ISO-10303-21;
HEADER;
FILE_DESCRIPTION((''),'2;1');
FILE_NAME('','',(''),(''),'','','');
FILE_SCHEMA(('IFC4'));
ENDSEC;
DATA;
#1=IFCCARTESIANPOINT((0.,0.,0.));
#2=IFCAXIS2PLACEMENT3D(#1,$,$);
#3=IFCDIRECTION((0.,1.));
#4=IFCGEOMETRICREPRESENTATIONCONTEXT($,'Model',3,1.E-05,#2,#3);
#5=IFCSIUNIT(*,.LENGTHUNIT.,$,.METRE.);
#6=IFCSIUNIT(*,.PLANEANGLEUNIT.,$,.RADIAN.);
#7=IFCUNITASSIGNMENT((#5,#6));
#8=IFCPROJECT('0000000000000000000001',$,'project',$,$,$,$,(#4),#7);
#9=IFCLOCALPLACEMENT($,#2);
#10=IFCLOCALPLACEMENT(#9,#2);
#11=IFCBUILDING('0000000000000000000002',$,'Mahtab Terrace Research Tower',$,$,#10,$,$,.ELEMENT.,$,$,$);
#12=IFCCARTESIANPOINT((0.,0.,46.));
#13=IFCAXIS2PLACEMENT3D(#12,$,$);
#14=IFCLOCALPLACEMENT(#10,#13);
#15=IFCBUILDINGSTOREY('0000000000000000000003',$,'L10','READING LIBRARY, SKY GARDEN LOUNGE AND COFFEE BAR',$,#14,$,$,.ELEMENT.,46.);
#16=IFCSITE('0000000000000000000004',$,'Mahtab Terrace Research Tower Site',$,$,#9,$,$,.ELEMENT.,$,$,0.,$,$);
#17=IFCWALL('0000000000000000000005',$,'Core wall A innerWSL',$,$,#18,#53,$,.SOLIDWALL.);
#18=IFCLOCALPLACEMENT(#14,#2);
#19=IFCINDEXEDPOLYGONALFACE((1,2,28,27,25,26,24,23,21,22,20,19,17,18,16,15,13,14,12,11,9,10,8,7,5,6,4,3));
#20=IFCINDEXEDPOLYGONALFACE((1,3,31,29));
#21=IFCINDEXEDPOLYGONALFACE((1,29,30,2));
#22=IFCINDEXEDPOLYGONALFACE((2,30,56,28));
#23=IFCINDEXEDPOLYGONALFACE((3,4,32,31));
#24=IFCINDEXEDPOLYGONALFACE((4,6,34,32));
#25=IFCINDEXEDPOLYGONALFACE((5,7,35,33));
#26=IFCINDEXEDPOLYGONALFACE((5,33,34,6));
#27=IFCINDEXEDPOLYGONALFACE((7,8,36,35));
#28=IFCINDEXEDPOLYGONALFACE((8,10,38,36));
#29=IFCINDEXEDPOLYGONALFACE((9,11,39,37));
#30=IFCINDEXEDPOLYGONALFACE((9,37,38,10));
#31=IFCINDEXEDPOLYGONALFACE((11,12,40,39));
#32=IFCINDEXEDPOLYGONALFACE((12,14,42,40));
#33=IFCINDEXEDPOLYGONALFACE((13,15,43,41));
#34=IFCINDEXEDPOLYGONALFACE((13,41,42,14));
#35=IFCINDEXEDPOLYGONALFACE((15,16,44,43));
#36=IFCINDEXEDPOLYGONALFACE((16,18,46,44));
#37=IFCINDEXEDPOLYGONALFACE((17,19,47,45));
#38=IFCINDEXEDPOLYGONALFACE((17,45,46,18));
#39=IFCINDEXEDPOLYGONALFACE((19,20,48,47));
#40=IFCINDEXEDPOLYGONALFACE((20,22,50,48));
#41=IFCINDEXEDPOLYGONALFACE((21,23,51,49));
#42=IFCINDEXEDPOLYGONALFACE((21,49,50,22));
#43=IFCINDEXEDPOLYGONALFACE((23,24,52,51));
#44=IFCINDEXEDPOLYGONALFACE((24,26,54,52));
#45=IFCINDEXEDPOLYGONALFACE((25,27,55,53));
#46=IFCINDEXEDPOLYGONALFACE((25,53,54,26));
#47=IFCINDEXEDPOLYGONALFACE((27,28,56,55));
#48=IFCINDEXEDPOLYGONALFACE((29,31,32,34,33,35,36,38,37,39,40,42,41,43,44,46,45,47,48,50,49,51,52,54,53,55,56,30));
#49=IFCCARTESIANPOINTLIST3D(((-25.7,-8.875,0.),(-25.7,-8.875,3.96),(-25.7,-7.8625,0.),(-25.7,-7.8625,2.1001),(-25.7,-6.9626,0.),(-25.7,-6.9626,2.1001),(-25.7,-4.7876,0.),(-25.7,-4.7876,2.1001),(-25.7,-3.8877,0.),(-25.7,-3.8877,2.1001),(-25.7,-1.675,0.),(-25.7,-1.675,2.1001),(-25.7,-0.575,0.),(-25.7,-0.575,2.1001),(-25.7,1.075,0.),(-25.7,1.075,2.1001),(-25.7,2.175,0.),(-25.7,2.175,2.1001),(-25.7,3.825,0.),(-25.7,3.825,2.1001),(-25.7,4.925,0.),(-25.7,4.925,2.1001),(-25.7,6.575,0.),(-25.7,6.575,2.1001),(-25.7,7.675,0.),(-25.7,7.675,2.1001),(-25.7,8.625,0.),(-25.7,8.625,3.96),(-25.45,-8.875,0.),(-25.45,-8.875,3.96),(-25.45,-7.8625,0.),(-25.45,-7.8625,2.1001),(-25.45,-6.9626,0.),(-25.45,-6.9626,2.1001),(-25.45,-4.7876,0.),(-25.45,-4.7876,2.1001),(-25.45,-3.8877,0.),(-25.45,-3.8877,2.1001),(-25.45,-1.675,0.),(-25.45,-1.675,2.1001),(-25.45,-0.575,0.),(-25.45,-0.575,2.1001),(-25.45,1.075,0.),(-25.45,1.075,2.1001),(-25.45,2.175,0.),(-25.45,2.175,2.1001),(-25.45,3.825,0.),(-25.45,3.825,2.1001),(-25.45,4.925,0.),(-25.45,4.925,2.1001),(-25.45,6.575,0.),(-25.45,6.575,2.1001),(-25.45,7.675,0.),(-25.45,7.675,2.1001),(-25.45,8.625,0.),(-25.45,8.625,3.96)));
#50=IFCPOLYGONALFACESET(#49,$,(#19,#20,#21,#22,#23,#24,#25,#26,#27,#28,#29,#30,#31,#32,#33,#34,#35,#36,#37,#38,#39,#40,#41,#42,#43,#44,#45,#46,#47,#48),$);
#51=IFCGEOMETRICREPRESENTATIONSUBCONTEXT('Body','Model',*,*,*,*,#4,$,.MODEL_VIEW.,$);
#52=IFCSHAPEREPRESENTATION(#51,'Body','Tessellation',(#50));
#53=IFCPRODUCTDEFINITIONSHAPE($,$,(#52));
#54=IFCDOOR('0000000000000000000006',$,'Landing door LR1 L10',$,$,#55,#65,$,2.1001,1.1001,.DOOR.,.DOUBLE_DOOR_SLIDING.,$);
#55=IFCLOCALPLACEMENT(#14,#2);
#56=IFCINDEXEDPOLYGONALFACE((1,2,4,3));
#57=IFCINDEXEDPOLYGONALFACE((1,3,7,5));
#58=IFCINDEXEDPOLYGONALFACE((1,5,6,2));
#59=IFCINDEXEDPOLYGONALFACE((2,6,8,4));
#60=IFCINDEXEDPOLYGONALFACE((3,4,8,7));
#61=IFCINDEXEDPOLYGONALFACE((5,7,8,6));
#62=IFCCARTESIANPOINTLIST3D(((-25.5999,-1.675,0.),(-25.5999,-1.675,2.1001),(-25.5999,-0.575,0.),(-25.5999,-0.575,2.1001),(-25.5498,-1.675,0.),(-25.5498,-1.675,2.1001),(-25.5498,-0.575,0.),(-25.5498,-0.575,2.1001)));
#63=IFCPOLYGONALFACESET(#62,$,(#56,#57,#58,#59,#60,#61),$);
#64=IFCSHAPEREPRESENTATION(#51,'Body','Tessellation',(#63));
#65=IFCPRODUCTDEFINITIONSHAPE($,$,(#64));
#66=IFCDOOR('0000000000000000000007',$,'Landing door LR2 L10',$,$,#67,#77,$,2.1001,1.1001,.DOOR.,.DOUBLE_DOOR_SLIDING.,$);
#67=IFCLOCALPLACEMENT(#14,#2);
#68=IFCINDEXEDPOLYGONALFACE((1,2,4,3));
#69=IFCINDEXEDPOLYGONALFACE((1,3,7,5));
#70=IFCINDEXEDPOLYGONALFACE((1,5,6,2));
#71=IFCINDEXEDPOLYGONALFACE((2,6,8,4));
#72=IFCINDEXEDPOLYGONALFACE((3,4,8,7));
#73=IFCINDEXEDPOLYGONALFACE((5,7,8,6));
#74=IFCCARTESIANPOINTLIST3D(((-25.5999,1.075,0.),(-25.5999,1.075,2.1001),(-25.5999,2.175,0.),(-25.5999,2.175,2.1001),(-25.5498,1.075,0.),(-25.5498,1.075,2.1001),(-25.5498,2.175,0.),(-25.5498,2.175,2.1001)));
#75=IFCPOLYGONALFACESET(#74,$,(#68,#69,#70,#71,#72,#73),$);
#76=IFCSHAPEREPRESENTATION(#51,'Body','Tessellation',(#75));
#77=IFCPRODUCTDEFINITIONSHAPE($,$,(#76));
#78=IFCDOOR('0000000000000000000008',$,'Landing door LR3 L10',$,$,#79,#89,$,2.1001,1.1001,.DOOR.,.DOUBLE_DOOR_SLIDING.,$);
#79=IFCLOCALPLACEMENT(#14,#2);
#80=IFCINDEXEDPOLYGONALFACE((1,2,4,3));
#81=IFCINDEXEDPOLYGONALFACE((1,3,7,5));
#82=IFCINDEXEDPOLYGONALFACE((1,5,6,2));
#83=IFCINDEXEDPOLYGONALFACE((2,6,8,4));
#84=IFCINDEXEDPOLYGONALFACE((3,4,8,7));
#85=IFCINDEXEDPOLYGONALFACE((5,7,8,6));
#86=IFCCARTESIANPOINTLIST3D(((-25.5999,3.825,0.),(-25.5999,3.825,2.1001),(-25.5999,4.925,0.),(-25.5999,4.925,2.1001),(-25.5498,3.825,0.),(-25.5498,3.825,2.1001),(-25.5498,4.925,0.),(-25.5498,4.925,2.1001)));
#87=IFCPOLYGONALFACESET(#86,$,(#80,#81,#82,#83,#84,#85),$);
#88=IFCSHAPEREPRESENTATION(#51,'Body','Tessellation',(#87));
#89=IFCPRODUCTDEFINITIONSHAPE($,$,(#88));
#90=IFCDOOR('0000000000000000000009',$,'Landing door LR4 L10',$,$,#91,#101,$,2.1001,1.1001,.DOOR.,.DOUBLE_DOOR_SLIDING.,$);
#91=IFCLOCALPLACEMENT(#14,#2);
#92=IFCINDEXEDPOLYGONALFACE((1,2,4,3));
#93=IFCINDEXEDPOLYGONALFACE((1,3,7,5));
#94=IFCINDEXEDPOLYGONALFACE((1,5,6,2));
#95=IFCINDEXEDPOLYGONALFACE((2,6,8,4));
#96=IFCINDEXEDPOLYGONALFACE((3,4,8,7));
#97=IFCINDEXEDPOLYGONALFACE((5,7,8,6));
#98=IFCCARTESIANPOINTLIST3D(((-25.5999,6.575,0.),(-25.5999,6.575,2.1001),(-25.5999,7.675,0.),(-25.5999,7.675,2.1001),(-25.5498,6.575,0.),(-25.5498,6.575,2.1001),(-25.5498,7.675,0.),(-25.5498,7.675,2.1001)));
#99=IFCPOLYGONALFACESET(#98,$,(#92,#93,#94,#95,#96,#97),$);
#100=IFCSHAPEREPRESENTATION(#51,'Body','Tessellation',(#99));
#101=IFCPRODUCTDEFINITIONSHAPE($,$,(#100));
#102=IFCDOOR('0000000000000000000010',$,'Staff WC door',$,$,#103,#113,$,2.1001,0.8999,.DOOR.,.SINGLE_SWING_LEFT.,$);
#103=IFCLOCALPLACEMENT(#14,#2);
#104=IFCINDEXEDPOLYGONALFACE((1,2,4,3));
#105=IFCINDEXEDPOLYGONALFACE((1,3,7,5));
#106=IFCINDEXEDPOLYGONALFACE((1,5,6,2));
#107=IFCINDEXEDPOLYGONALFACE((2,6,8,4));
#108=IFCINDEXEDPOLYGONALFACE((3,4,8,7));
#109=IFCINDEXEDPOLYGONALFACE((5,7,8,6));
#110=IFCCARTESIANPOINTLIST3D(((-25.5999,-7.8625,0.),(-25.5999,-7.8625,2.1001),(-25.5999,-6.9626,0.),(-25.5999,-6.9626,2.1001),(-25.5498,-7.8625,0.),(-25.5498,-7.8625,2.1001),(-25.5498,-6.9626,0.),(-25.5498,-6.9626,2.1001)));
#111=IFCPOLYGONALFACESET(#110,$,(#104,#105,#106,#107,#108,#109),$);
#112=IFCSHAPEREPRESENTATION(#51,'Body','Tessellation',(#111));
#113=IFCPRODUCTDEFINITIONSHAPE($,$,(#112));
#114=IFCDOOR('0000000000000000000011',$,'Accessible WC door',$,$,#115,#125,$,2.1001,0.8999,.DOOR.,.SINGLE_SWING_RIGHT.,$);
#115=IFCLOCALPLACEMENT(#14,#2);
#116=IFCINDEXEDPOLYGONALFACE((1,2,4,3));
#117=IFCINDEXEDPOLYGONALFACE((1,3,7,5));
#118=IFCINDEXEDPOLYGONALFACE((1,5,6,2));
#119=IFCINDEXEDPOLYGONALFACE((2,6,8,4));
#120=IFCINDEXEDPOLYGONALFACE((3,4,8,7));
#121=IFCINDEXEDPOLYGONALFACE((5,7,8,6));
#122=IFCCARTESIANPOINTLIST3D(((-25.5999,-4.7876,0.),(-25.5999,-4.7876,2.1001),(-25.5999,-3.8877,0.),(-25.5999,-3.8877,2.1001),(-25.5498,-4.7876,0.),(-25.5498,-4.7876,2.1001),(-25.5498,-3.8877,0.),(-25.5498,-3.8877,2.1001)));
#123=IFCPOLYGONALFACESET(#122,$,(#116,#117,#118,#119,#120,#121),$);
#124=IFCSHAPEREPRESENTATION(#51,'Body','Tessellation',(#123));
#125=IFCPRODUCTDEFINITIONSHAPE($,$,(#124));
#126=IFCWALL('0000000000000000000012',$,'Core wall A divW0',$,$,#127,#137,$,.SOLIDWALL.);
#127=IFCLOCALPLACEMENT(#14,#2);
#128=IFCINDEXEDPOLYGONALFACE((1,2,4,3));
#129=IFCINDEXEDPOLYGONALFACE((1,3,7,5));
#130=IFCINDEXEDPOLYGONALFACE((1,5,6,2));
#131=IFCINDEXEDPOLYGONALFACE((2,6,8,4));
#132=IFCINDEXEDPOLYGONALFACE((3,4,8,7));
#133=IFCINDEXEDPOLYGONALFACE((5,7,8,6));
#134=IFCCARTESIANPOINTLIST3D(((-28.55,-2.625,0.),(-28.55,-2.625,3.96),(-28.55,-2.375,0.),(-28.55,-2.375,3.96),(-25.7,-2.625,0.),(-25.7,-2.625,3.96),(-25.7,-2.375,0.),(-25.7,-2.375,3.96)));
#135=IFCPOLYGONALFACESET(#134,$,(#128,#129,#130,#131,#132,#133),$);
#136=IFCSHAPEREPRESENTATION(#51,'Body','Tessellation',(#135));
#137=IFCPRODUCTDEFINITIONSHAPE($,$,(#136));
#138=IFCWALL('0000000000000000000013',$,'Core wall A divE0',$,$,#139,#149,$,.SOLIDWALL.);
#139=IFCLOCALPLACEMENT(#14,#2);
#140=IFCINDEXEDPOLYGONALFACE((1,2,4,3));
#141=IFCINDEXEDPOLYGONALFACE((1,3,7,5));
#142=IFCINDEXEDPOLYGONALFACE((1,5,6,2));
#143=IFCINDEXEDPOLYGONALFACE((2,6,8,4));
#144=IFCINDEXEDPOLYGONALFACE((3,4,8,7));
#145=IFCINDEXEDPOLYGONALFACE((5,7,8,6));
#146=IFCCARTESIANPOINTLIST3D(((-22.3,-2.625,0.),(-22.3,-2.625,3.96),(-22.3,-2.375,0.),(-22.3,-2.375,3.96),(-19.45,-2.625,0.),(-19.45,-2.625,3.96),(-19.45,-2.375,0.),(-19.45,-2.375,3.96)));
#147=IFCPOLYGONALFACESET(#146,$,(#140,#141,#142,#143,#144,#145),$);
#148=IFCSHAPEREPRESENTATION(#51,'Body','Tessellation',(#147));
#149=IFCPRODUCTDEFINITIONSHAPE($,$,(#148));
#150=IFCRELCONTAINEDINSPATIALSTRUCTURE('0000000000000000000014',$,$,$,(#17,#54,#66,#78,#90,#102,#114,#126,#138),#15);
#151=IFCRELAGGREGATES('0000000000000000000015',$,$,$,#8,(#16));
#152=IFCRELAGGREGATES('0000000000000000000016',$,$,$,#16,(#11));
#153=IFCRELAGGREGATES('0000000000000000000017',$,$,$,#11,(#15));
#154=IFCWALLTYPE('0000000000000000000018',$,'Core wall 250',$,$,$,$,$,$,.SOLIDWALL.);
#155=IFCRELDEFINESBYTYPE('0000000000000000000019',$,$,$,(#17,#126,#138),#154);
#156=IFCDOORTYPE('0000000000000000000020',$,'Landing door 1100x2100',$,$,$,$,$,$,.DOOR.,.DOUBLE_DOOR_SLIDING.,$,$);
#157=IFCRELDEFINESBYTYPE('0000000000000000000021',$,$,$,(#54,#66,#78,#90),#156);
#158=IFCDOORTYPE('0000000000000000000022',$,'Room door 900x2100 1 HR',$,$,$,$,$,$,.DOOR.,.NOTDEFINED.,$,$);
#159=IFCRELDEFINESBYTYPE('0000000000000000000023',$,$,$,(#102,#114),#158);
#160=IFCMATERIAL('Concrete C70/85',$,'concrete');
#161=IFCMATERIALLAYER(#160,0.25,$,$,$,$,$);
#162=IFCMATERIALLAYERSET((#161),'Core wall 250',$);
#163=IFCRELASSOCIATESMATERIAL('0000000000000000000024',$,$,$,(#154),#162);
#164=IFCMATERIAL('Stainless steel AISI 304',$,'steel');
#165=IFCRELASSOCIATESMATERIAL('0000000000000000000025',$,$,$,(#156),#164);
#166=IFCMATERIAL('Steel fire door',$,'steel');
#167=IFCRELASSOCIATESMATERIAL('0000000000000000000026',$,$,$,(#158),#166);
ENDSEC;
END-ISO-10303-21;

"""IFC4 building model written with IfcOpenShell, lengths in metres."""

from ifc_helpers import new_model, si_unit, direction, frame, frame_2d, origin, place, context, subcontext, project, spatial, rectangle, extrude, material, layer, layer_set, type_object, element, fill, save


model = new_model("IFC4")

# Units and contexts
model_context = context("Model", 3, precision=1e-05, world=origin(), true_north=direction((0.0, 1.0)))
body_context = subcontext(model_context, "Body", "Model", "MODEL_VIEW")
ifc_project = project(units=[si_unit("LENGTHUNIT", "METRE"), si_unit("PLANEANGLEUNIT", "RADIAN")], contexts=[model_context])

# Site, building, storey
site_placement = place(None, origin())
site = spatial("IfcSite", under=ifc_project, at=site_placement, Name="Mahtab Terrace Research Tower Site", CompositionType="ELEMENT", RefElevation=0.0)
building_placement = place(site_placement, origin())
building = spatial("IfcBuilding", under=site, at=building_placement, Name="Mahtab Terrace Research Tower", CompositionType="ELEMENT")
storey_placement = place(building_placement, frame((0.0, 0.0, 46.0)))
storey = spatial("IfcBuildingStorey", under=building, at=storey_placement, Name="L10", Description="READING LIBRARY, SKY GARDEN LOUNGE AND COFFEE BAR", CompositionType="ELEMENT", Elevation=46.0)

# Shared definitions
ifc_material_1 = material(Name="Concrete C70/85", Category="concrete")

# Shared definitions
ifc_layer_1 = layer(ifc_material_1, 0.25)
ifc_layer_set_1 = layer_set([ifc_layer_1], Name="Core wall 250")
wall_type_1 = type_object("IfcWallType", Name="Core wall 250", PredefinedType="SOLIDWALL", material=ifc_layer_set_1)

# Shared definitions
ifc_material_2 = material(Name="Steel fire door", Category="steel")

# Wall, openings, doors
wall_1_placement = place(storey_placement, frame((-25.575, -8.875, 0.0), z_axis=(0.0, 0.0, 1.0), x_axis=(0.0, 1.0, 0.0)))
wall_1 = element("IfcWall", 1, at=wall_1_placement, inside=storey, type_object=wall_type_1, Name="Core wall A innerWSL", PredefinedType="SOLIDWALL", context=body_context, shape_type="SweptSolid", body=[
    extrude(rectangle(XDim=17.5, YDim=0.25, at=frame_2d((8.75, 0.0))), origin(), (0.0, 0.0, 1.0), 3.96),
])
opening_1_placement = place(wall_1_placement, frame((7.2, 0.0, 0.0)))
opening_1 = element("IfcOpeningElement", 2, at=opening_1_placement, cuts=wall_1, PredefinedType="OPENING", context=body_context, shape_type="SweptSolid", body=[
    extrude(rectangle(XDim=1.1001, YDim=2.1001, at=frame_2d((0.55, 1.05))), frame((0.0, 0.135, 0.0), z_axis=(0.0, -1.0, 0.0), x_axis=(1.0, 0.0, 0.0)), (0.0, 0.0, 1.0), 0.27),
])
opening_2_placement = place(wall_1_placement, frame((9.95, 0.0, 0.0)))
opening_2 = element("IfcOpeningElement", 3, at=opening_2_placement, cuts=wall_1, PredefinedType="OPENING", context=body_context, shape_type="SweptSolid", body=[
    extrude(rectangle(XDim=1.1001, YDim=2.1001, at=frame_2d((0.55, 1.05))), frame((0.0, 0.135, 0.0), z_axis=(0.0, -1.0, 0.0), x_axis=(1.0, 0.0, 0.0)), (0.0, 0.0, 1.0), 0.27),
])
opening_3_placement = place(wall_1_placement, frame((12.7, 0.0, 0.0)))
opening_3 = element("IfcOpeningElement", 4, at=opening_3_placement, cuts=wall_1, PredefinedType="OPENING", context=body_context, shape_type="SweptSolid", body=[
    extrude(rectangle(XDim=1.1001, YDim=2.1001, at=frame_2d((0.55, 1.05))), frame((0.0, 0.135, 0.0), z_axis=(0.0, -1.0, 0.0), x_axis=(1.0, 0.0, 0.0)), (0.0, 0.0, 1.0), 0.27),
])
opening_4_placement = place(wall_1_placement, frame((15.45, 0.0, 0.0)))
opening_4 = element("IfcOpeningElement", 5, at=opening_4_placement, cuts=wall_1, PredefinedType="OPENING", context=body_context, shape_type="SweptSolid", body=[
    extrude(rectangle(XDim=1.1001, YDim=2.1001, at=frame_2d((0.55, 1.05))), frame((0.0, 0.135, 0.0), z_axis=(0.0, -1.0, 0.0), x_axis=(1.0, 0.0, 0.0)), (0.0, 0.0, 1.0), 0.27),
])
opening_5_placement = place(wall_1_placement, frame((1.0125, 0.0, 0.0)))
opening_5 = element("IfcOpeningElement", 6, at=opening_5_placement, cuts=wall_1, PredefinedType="OPENING", context=body_context, shape_type="SweptSolid", body=[
    extrude(rectangle(XDim=0.8999, YDim=2.1001, at=frame_2d((0.45, 1.05))), frame((0.0, 0.135, 0.0), z_axis=(0.0, -1.0, 0.0), x_axis=(1.0, 0.0, 0.0)), (0.0, 0.0, 1.0), 0.27),
])
opening_6_placement = place(wall_1_placement, frame((4.0874, 0.0, 0.0)))
opening_6 = element("IfcOpeningElement", 7, at=opening_6_placement, cuts=wall_1, PredefinedType="OPENING", context=body_context, shape_type="SweptSolid", body=[
    extrude(rectangle(XDim=0.8999, YDim=2.1001, at=frame_2d((0.45, 1.05))), frame((0.0, 0.135, 0.0), z_axis=(0.0, -1.0, 0.0), x_axis=(1.0, 0.0, 0.0)), (0.0, 0.0, 1.0), 0.27),
])
ifc_material_3 = material(Name="Stainless steel AISI 304", Category="steel")
door_type_1 = type_object("IfcDoorType", Name="Landing door 1100x2100", OperationType="DOUBLE_DOOR_SLIDING", PredefinedType="DOOR", material=ifc_material_3)
door_1_placement = place(opening_1_placement, origin())
door_1 = element("IfcDoor", 8, at=door_1_placement, inside=storey, type_object=door_type_1, Name="Landing door LR1 L10", OperationType="DOUBLE_DOOR_SLIDING", OverallHeight=2.1001, OverallWidth=1.1001, PredefinedType="DOOR", context=body_context, shape_type="SweptSolid", body=[
    extrude(rectangle(XDim=1.1001, YDim=2.1001, at=frame_2d((0.55, 1.05))), frame((0.0, 0.0249, 0.0), z_axis=(0.0, -1.0, 0.0), x_axis=(1.0, 0.0, 0.0)), (0.0, 0.0, 1.0), 0.05),
])
fill(opening_1, door_1)
door_2_placement = place(opening_2_placement, origin())
door_2 = element("IfcDoor", 9, at=door_2_placement, inside=storey, type_object=door_type_1, Name="Landing door LR2 L10", OperationType="DOUBLE_DOOR_SLIDING", OverallHeight=2.1001, OverallWidth=1.1001, PredefinedType="DOOR", context=body_context, shape_type="SweptSolid", body=[
    extrude(rectangle(XDim=1.1001, YDim=2.1001, at=frame_2d((0.55, 1.05))), frame((0.0, 0.0249, 0.0), z_axis=(0.0, -1.0, 0.0), x_axis=(1.0, 0.0, 0.0)), (0.0, 0.0, 1.0), 0.05),
])
fill(opening_2, door_2)
door_3_placement = place(opening_3_placement, origin())
door_3 = element("IfcDoor", 10, at=door_3_placement, inside=storey, type_object=door_type_1, Name="Landing door LR3 L10", OperationType="DOUBLE_DOOR_SLIDING", OverallHeight=2.1001, OverallWidth=1.1001, PredefinedType="DOOR", context=body_context, shape_type="SweptSolid", body=[
    extrude(rectangle(XDim=1.1001, YDim=2.1001, at=frame_2d((0.55, 1.05))), frame((0.0, 0.0249, 0.0), z_axis=(0.0, -1.0, 0.0), x_axis=(1.0, 0.0, 0.0)), (0.0, 0.0, 1.0), 0.05),
])
fill(opening_3, door_3)
door_4_placement = place(opening_4_placement, origin())
door_4 = element("IfcDoor", 11, at=door_4_placement, inside=storey, type_object=door_type_1, Name="Landing door LR4 L10", OperationType="DOUBLE_DOOR_SLIDING", OverallHeight=2.1001, OverallWidth=1.1001, PredefinedType="DOOR", context=body_context, shape_type="SweptSolid", body=[
    extrude(rectangle(XDim=1.1001, YDim=2.1001, at=frame_2d((0.55, 1.05))), frame((0.0, 0.0249, 0.0), z_axis=(0.0, -1.0, 0.0), x_axis=(1.0, 0.0, 0.0)), (0.0, 0.0, 1.0), 0.05),
])
fill(opening_4, door_4)
door_type_2 = type_object("IfcDoorType", Name="Room door 900x2100 1 HR", OperationType="NOTDEFINED", PredefinedType="DOOR", material=ifc_material_2)
door_5_placement = place(opening_5_placement, origin())
door_5 = element("IfcDoor", 12, at=door_5_placement, inside=storey, type_object=door_type_2, Name="Staff WC door", OperationType="SINGLE_SWING_LEFT", OverallHeight=2.1001, OverallWidth=0.8999, PredefinedType="DOOR", context=body_context, shape_type="SweptSolid", body=[
    extrude(rectangle(XDim=0.8999, YDim=2.1001, at=frame_2d((0.45, 1.05))), frame((0.0, 0.0249, 0.0), z_axis=(0.0, -1.0, 0.0), x_axis=(1.0, 0.0, 0.0)), (0.0, 0.0, 1.0), 0.05),
])
fill(opening_5, door_5)
door_6_placement = place(opening_6_placement, origin())
door_6 = element("IfcDoor", 13, at=door_6_placement, inside=storey, type_object=door_type_2, Name="Accessible WC door", OperationType="SINGLE_SWING_RIGHT", OverallHeight=2.1001, OverallWidth=0.8999, PredefinedType="DOOR", context=body_context, shape_type="SweptSolid", body=[
    extrude(rectangle(XDim=0.8999, YDim=2.1001, at=frame_2d((0.45, 1.05))), frame((0.0, 0.0249, 0.0), z_axis=(0.0, -1.0, 0.0), x_axis=(1.0, 0.0, 0.0)), (0.0, 0.0, 1.0), 0.05),
])
fill(opening_6, door_6)

# Walls
for number, where, z_axis, x_axis, name in (
    (14, (-28.55, -2.5, 0.0), (0.0, 0.0, 1.0), (1.0, 0.0, 0.0), "Core wall A divW0"),
    (15, (-22.3, -2.5, 0.0), (0.0, 0.0, 1.0), (1.0, 0.0, 0.0), "Core wall A divE0"),
):
    element("IfcWall", number, at=place(storey_placement, frame(where, z_axis=z_axis, x_axis=x_axis)), inside=storey, type_object=wall_type_1, Name=name, PredefinedType="SOLIDWALL", context=body_context, shape_type="SweptSolid", body=[
        extrude(rectangle(XDim=2.8501, YDim=0.25, at=frame_2d((1.425, 0.0))), origin(), (0.0, 0.0, 1.0), 3.96),
    ])

save(model, "model.ifc")
